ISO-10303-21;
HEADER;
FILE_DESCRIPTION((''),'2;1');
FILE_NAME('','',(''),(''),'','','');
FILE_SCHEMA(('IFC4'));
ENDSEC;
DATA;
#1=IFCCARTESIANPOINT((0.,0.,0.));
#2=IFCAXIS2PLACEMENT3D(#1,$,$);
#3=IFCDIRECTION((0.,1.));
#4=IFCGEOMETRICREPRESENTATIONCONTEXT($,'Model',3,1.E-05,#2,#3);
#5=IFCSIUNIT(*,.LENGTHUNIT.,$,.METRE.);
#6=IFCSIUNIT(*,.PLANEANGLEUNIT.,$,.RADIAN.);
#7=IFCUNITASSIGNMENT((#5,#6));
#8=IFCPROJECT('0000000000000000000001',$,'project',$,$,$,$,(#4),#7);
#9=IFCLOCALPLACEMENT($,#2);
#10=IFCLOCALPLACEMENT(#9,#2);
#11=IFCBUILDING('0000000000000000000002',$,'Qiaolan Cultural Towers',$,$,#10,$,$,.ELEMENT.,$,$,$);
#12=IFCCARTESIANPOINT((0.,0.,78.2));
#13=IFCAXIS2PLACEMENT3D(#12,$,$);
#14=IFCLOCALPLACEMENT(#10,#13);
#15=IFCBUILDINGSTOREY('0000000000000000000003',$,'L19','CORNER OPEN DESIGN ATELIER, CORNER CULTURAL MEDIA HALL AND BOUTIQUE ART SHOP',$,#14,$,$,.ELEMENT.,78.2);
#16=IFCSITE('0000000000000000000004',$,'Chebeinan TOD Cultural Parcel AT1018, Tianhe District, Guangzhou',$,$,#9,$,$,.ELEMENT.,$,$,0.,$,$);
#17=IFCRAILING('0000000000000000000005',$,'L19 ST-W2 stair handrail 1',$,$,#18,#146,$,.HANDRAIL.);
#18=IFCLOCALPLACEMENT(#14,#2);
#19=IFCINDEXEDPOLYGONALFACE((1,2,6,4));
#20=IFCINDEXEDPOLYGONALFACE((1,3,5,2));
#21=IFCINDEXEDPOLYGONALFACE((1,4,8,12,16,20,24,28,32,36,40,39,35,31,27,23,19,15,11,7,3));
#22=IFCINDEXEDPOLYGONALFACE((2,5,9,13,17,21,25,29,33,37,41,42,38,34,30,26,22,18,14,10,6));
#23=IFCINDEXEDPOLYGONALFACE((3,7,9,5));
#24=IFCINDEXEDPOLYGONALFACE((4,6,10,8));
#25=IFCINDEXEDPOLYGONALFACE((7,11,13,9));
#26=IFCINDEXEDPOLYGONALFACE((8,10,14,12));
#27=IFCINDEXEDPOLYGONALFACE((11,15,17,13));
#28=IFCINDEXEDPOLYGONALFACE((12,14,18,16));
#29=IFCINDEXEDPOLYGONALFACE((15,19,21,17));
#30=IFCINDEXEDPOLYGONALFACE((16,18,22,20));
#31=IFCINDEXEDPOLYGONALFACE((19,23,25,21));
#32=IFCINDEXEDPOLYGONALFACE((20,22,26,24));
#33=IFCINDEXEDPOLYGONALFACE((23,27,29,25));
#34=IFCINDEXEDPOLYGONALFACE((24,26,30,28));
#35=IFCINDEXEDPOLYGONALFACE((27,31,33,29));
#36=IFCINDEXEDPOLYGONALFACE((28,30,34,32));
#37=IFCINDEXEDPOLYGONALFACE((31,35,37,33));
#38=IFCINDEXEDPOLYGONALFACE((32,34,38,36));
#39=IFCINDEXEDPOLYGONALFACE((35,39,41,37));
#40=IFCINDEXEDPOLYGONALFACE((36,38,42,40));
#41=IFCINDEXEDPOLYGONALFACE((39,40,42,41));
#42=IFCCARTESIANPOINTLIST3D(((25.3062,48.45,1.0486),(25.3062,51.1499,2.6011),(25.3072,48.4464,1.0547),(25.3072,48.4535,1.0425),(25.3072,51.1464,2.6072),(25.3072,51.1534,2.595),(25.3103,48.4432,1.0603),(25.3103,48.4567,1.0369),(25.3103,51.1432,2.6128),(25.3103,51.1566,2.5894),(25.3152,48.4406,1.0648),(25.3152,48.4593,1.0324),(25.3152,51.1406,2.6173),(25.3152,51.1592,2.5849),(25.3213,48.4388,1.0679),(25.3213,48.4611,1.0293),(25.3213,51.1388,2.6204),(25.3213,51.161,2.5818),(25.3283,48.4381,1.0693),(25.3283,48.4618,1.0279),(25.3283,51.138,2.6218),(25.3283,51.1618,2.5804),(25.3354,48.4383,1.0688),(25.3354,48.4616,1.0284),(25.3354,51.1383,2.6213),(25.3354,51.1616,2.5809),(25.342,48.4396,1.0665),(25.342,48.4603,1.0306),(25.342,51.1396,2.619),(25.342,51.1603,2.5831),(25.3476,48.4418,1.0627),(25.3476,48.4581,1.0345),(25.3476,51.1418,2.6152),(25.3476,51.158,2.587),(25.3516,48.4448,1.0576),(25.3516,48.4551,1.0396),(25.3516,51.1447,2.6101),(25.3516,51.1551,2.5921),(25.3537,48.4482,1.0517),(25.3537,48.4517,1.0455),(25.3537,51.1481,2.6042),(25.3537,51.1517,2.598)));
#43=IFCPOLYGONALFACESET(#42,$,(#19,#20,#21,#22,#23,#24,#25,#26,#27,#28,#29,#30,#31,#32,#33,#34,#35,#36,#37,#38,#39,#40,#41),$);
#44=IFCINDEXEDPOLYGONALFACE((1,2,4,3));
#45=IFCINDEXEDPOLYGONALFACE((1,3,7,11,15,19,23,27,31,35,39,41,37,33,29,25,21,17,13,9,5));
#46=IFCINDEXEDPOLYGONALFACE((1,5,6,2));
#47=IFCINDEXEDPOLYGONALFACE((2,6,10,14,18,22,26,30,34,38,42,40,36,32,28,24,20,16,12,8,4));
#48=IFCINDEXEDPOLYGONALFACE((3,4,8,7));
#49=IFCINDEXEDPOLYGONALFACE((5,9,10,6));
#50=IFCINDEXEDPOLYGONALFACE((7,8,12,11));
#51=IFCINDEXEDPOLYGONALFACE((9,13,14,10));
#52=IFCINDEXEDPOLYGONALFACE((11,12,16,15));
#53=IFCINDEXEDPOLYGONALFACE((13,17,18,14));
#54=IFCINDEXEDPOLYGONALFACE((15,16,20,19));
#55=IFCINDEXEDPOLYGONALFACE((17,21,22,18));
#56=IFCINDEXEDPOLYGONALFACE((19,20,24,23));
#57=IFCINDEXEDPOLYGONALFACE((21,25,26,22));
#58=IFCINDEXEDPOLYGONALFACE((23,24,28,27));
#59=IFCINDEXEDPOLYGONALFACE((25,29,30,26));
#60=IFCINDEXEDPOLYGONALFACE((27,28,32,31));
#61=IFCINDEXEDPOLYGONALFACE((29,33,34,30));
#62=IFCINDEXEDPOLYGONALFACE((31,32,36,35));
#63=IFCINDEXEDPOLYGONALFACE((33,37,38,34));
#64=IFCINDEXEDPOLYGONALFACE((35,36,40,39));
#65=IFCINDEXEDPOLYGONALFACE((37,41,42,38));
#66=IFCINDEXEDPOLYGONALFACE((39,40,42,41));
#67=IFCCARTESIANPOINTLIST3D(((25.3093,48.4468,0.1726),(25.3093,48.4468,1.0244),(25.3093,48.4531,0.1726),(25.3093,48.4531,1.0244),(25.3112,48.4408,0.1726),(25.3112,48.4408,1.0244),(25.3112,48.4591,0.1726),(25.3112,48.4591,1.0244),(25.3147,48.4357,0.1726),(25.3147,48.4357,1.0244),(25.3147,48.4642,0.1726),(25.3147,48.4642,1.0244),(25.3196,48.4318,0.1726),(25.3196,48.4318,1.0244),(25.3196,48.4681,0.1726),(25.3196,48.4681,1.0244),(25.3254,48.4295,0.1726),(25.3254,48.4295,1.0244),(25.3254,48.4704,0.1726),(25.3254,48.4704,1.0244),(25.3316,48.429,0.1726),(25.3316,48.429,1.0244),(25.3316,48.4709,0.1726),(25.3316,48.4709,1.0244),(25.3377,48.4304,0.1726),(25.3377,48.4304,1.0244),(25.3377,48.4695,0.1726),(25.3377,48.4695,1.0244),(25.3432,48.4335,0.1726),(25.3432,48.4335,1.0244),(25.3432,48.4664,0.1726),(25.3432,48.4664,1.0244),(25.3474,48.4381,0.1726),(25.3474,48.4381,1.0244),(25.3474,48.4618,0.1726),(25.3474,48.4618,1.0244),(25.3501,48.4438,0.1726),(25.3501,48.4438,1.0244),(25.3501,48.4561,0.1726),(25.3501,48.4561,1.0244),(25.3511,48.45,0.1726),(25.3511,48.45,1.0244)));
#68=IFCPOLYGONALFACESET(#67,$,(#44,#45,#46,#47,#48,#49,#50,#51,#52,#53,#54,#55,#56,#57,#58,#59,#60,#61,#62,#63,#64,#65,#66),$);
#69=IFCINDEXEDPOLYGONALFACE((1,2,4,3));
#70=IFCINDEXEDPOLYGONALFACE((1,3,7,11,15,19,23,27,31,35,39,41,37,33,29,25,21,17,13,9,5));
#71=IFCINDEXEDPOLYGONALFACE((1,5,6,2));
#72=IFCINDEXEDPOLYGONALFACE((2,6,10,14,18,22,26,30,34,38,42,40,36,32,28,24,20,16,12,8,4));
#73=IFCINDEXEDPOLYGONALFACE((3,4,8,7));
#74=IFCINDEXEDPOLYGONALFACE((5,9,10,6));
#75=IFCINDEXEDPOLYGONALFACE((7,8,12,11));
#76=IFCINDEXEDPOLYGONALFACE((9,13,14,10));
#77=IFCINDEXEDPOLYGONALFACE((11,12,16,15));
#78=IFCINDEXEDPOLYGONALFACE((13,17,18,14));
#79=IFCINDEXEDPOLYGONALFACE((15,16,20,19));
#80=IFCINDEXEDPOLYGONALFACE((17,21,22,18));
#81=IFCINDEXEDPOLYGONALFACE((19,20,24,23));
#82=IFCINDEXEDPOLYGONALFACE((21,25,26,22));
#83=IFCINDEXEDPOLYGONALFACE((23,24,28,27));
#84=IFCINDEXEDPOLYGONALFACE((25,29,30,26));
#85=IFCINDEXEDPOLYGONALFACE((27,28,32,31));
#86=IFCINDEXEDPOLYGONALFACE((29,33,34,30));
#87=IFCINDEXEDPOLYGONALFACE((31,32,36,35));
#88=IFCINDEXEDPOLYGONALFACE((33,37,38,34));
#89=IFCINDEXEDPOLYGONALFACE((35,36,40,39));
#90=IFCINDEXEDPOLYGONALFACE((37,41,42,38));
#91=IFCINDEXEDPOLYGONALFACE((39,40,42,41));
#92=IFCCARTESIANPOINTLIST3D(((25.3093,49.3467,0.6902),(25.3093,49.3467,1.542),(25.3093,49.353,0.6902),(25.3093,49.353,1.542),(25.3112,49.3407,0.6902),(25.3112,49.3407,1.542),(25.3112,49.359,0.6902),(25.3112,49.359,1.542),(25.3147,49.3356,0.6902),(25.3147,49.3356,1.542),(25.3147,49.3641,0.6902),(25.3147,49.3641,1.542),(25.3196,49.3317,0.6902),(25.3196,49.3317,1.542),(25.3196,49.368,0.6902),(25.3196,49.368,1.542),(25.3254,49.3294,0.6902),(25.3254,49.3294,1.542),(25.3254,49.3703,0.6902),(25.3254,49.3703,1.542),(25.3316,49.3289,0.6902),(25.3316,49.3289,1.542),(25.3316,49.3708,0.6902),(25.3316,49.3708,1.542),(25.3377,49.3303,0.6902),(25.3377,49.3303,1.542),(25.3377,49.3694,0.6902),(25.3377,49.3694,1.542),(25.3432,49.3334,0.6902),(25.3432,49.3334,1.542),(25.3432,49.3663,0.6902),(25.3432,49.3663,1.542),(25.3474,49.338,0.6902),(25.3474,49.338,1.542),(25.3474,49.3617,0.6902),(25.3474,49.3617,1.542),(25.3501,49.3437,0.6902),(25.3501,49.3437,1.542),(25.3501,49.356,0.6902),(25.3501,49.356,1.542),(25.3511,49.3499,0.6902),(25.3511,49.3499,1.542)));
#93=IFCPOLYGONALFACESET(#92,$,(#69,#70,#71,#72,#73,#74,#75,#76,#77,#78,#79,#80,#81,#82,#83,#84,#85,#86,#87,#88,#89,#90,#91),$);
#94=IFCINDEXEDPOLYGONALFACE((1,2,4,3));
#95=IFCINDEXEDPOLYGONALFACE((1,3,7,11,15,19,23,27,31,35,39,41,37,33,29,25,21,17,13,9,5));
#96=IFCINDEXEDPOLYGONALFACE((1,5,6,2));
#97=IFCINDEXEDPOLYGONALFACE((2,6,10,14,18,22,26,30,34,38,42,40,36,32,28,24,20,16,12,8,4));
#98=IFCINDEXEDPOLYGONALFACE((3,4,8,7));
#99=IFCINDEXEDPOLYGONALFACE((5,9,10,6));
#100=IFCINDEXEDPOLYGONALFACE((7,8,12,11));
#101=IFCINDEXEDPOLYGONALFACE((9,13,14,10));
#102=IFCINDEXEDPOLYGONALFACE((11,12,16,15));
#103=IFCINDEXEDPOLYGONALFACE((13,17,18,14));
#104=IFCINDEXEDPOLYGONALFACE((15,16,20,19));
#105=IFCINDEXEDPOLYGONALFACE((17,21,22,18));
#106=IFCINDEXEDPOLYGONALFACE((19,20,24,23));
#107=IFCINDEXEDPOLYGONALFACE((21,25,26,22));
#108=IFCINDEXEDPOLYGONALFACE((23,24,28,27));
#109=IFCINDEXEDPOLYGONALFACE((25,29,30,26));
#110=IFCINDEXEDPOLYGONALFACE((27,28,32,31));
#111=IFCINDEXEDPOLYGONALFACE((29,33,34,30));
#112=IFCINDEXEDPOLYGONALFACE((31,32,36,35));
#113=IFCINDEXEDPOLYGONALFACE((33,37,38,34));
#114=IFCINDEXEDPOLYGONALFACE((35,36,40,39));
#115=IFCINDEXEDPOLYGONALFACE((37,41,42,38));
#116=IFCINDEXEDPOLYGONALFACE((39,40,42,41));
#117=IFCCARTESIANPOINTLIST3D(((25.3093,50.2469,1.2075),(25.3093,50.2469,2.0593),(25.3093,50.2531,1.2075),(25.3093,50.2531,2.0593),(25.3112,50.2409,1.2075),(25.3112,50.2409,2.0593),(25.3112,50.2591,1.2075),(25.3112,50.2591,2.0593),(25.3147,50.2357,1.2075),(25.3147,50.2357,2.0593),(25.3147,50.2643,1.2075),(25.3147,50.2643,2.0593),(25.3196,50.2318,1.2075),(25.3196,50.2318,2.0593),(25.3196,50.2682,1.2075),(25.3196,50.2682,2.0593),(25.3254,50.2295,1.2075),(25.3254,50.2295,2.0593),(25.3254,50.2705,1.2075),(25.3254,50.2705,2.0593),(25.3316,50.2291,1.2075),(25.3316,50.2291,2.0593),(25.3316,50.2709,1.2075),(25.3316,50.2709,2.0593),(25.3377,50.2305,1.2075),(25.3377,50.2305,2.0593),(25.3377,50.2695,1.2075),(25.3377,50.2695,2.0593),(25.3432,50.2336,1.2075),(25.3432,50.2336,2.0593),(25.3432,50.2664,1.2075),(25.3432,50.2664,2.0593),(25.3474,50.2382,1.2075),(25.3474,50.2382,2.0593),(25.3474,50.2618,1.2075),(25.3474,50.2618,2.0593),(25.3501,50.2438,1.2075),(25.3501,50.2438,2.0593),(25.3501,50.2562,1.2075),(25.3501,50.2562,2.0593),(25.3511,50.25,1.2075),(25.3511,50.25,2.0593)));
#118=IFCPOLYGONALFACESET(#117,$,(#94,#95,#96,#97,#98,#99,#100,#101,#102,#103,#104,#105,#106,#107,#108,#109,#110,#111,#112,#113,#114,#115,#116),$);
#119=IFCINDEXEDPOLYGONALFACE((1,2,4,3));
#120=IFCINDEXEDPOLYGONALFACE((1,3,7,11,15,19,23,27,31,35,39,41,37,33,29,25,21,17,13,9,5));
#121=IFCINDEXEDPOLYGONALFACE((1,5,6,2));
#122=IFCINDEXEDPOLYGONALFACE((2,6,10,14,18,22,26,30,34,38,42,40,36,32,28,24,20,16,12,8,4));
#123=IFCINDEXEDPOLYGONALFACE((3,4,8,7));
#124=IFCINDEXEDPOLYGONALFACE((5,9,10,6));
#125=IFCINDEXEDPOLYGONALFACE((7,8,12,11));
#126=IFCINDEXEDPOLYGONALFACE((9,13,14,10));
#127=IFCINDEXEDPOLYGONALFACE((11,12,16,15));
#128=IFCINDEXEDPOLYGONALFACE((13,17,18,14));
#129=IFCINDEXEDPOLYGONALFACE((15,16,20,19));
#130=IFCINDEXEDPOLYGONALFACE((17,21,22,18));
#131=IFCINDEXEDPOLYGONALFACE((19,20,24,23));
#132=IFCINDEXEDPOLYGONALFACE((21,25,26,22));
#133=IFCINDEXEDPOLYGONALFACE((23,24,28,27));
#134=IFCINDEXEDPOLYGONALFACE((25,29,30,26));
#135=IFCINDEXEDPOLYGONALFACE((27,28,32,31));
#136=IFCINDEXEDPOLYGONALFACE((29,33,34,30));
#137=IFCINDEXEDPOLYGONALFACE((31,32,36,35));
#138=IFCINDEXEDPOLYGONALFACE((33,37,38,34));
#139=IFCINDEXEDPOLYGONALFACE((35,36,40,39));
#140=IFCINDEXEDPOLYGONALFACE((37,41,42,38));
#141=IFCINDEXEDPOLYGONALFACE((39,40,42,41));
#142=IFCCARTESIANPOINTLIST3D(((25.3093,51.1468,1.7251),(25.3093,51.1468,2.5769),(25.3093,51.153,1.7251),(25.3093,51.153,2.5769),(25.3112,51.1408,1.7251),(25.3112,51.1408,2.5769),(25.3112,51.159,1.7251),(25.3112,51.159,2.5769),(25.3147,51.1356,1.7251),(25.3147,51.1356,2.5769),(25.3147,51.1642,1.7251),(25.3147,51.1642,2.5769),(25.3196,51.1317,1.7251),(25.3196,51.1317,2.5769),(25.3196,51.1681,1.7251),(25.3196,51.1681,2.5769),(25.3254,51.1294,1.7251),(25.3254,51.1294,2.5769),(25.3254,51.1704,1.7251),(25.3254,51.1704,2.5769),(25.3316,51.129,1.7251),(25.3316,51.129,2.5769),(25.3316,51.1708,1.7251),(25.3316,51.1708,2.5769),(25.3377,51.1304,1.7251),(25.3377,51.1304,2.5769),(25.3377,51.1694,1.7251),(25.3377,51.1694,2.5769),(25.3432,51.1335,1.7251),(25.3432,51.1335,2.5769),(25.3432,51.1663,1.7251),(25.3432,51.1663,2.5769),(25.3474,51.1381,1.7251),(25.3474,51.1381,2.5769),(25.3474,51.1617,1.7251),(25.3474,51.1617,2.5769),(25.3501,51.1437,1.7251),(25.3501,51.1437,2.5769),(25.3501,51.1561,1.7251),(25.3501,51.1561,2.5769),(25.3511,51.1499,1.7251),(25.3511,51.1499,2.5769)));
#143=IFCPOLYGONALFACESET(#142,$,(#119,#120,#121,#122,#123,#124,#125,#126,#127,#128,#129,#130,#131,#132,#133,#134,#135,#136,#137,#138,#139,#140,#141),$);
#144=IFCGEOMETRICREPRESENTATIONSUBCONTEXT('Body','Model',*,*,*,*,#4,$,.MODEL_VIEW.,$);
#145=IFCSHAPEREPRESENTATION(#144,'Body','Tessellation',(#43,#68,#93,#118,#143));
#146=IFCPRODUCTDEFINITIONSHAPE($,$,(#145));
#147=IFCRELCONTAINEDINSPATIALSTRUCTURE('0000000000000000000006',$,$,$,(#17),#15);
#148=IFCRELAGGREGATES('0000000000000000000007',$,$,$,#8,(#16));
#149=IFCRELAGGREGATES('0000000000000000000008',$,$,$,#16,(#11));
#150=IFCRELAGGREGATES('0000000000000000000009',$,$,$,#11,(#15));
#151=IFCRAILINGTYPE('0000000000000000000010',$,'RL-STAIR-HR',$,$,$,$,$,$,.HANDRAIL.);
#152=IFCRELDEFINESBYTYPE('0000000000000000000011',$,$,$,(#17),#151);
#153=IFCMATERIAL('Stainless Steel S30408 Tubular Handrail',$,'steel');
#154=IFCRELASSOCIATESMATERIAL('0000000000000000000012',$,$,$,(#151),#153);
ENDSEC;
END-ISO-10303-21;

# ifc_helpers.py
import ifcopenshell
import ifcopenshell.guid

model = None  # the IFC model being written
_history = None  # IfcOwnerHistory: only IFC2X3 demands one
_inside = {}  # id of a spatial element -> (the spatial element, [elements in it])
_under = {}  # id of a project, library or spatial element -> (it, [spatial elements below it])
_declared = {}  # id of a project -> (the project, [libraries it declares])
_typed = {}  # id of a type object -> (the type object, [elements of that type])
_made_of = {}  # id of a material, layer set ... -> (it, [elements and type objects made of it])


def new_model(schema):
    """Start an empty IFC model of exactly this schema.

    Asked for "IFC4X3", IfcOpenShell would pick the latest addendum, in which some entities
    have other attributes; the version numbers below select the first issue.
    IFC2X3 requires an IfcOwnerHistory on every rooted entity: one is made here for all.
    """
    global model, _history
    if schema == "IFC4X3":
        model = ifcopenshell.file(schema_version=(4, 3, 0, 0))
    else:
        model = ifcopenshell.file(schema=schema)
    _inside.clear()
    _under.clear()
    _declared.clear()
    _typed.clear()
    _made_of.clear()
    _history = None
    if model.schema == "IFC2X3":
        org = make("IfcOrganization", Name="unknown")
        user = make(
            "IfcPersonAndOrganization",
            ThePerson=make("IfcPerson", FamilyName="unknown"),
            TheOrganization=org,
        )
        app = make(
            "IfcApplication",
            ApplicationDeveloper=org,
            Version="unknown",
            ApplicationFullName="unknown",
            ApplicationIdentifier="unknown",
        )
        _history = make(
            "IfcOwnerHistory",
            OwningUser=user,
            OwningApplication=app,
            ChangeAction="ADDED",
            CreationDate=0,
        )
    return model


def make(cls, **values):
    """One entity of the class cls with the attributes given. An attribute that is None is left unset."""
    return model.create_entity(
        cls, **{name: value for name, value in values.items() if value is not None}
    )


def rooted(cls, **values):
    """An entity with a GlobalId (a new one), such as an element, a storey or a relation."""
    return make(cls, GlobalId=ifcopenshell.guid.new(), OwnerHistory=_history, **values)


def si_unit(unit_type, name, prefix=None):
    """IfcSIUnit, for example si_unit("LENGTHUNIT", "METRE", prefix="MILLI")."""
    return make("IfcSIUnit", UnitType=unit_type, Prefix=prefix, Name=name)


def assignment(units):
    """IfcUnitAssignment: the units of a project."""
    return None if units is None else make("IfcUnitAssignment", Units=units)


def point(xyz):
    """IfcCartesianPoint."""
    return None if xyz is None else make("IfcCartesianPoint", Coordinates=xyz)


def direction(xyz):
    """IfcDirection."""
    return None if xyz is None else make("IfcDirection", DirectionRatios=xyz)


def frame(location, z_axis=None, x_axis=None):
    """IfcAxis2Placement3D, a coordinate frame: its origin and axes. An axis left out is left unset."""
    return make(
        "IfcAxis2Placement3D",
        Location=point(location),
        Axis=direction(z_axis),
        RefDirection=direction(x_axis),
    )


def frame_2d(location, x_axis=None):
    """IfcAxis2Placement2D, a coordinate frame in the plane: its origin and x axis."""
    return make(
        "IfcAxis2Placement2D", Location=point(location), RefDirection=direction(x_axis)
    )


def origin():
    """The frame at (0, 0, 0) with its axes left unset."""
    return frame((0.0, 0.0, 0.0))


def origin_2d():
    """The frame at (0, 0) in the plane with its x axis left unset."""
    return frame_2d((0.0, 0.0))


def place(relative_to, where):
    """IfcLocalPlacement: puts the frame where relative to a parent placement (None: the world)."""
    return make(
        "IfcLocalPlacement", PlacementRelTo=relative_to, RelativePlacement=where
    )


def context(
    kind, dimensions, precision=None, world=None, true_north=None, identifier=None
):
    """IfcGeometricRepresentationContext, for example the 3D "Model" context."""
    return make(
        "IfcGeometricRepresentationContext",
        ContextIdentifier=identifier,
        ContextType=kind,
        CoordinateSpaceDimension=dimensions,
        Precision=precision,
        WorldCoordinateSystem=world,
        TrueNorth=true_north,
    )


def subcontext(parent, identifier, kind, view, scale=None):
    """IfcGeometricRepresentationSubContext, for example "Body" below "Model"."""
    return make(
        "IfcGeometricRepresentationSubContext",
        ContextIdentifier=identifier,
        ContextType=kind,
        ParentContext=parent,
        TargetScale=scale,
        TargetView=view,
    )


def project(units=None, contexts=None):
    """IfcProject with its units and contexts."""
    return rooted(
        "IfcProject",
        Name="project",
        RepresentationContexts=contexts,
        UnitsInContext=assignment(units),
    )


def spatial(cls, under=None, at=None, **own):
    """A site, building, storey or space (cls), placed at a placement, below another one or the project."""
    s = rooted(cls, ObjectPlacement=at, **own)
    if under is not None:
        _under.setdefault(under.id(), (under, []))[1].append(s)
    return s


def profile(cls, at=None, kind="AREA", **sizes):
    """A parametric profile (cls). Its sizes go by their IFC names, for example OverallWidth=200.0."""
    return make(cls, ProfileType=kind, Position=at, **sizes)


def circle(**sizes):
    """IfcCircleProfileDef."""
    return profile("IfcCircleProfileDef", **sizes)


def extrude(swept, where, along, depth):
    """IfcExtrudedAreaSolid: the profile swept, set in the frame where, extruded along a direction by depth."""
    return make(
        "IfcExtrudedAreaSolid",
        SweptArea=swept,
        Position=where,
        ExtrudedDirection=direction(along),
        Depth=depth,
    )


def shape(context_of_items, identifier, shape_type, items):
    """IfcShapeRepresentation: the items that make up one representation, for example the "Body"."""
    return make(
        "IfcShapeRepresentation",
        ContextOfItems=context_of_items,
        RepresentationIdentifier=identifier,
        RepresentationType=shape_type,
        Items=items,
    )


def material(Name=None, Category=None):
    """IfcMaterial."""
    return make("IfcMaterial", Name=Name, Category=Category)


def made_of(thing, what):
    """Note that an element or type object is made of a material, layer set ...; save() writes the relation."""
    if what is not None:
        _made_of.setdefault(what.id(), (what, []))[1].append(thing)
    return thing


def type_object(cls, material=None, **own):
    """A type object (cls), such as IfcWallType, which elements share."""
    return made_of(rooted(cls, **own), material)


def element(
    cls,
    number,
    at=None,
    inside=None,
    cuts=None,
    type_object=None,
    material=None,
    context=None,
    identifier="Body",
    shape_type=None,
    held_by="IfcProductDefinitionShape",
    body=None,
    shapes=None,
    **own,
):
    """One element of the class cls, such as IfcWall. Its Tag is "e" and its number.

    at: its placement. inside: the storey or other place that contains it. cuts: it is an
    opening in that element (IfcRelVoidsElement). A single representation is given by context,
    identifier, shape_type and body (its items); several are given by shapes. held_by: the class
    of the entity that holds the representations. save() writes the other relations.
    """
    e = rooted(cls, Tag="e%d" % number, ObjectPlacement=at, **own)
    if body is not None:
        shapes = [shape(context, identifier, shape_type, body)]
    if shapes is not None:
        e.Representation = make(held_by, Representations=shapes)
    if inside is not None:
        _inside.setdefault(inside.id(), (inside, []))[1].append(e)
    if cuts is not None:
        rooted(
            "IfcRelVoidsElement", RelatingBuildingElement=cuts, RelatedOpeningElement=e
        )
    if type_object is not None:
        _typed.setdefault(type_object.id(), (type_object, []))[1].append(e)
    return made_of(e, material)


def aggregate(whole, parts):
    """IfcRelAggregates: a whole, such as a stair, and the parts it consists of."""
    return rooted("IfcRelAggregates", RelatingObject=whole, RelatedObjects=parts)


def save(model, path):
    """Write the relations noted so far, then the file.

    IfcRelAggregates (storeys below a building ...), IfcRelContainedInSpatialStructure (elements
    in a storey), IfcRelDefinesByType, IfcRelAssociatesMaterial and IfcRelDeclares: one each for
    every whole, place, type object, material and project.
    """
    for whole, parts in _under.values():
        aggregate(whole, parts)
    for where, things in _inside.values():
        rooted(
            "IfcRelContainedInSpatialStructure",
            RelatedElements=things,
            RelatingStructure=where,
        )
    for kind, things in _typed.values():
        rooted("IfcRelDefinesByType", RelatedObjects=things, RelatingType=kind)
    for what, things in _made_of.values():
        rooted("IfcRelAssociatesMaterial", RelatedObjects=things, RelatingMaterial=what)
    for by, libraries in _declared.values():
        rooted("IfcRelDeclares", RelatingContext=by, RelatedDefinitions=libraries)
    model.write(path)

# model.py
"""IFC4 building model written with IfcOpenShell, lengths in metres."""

from ifc_helpers import new_model, si_unit, direction, frame, origin, origin_2d, place, context, subcontext, project, spatial, circle, extrude, material, type_object, element, save


model = new_model("IFC4")

# Units and contexts
model_context = context("Model", 3, precision=1e-05, world=origin(), true_north=direction((0.0, 1.0)))
body_context = subcontext(model_context, "Body", "Model", "MODEL_VIEW")
ifc_project = project(units=[si_unit("LENGTHUNIT", "METRE"), si_unit("PLANEANGLEUNIT", "RADIAN")], contexts=[model_context])

# Site, building, storey
site_placement = place(None, origin())
site = spatial("IfcSite", under=ifc_project, at=site_placement, Name="Chebeinan TOD Cultural Parcel AT1018, Tianhe District, Guangzhou", CompositionType="ELEMENT", RefElevation=0.0)
building_placement = place(site_placement, origin())
building = spatial("IfcBuilding", under=site, at=building_placement, Name="Qiaolan Cultural Towers", CompositionType="ELEMENT")
storey_placement = place(building_placement, frame((0.0, 0.0, 78.2)))
storey = spatial("IfcBuildingStorey", under=building, at=storey_placement, Name="L19", Description="CORNER OPEN DESIGN ATELIER, CORNER CULTURAL MEDIA HALL AND BOUTIQUE ART SHOP", CompositionType="ELEMENT", Elevation=78.2)

# Railing
ifc_material_1 = material(Name="Stainless Steel S30408 Tubular Handrail", Category="steel")
railing_type_1 = type_object("IfcRailingType", Name="RL-STAIR-HR", PredefinedType="HANDRAIL", material=ifc_material_1)
railing_1_placement = place(storey_placement, frame((25.3301, 48.45, 0.1726)))
element("IfcRailing", 1, at=railing_1_placement, inside=storey, type_object=railing_type_1, Name="L19 ST-W2 stair handrail 1", PredefinedType="HANDRAIL", context=body_context, shape_type="SweptSolid", body=[
    extrude(circle(Radius=0.0239, at=origin_2d()), frame((0.0, 0.0, 0.876), z_axis=(0.0, 0.866904, 0.498476), x_axis=(-1.0, 0.0, 0.0)), (0.0, 0.0, 1.0), 3.1145),
    extrude(circle(Radius=0.021, at=origin_2d()), origin(), (0.0, 0.0, 1.0), 0.8518),
    extrude(circle(Radius=0.021, at=origin_2d()), frame((0.0, 0.8999, 0.5176)), (0.0, 0.0, 1.0), 0.8518),
    extrude(circle(Radius=0.021, at=origin_2d()), frame((0.0, 1.8, 1.0349)), (0.0, 0.0, 1.0), 0.8518),
    extrude(circle(Radius=0.021, at=origin_2d()), frame((0.0, 2.7, 1.5525)), (0.0, 0.0, 1.0), 0.8518),
])

save(model, "model.ifc")
